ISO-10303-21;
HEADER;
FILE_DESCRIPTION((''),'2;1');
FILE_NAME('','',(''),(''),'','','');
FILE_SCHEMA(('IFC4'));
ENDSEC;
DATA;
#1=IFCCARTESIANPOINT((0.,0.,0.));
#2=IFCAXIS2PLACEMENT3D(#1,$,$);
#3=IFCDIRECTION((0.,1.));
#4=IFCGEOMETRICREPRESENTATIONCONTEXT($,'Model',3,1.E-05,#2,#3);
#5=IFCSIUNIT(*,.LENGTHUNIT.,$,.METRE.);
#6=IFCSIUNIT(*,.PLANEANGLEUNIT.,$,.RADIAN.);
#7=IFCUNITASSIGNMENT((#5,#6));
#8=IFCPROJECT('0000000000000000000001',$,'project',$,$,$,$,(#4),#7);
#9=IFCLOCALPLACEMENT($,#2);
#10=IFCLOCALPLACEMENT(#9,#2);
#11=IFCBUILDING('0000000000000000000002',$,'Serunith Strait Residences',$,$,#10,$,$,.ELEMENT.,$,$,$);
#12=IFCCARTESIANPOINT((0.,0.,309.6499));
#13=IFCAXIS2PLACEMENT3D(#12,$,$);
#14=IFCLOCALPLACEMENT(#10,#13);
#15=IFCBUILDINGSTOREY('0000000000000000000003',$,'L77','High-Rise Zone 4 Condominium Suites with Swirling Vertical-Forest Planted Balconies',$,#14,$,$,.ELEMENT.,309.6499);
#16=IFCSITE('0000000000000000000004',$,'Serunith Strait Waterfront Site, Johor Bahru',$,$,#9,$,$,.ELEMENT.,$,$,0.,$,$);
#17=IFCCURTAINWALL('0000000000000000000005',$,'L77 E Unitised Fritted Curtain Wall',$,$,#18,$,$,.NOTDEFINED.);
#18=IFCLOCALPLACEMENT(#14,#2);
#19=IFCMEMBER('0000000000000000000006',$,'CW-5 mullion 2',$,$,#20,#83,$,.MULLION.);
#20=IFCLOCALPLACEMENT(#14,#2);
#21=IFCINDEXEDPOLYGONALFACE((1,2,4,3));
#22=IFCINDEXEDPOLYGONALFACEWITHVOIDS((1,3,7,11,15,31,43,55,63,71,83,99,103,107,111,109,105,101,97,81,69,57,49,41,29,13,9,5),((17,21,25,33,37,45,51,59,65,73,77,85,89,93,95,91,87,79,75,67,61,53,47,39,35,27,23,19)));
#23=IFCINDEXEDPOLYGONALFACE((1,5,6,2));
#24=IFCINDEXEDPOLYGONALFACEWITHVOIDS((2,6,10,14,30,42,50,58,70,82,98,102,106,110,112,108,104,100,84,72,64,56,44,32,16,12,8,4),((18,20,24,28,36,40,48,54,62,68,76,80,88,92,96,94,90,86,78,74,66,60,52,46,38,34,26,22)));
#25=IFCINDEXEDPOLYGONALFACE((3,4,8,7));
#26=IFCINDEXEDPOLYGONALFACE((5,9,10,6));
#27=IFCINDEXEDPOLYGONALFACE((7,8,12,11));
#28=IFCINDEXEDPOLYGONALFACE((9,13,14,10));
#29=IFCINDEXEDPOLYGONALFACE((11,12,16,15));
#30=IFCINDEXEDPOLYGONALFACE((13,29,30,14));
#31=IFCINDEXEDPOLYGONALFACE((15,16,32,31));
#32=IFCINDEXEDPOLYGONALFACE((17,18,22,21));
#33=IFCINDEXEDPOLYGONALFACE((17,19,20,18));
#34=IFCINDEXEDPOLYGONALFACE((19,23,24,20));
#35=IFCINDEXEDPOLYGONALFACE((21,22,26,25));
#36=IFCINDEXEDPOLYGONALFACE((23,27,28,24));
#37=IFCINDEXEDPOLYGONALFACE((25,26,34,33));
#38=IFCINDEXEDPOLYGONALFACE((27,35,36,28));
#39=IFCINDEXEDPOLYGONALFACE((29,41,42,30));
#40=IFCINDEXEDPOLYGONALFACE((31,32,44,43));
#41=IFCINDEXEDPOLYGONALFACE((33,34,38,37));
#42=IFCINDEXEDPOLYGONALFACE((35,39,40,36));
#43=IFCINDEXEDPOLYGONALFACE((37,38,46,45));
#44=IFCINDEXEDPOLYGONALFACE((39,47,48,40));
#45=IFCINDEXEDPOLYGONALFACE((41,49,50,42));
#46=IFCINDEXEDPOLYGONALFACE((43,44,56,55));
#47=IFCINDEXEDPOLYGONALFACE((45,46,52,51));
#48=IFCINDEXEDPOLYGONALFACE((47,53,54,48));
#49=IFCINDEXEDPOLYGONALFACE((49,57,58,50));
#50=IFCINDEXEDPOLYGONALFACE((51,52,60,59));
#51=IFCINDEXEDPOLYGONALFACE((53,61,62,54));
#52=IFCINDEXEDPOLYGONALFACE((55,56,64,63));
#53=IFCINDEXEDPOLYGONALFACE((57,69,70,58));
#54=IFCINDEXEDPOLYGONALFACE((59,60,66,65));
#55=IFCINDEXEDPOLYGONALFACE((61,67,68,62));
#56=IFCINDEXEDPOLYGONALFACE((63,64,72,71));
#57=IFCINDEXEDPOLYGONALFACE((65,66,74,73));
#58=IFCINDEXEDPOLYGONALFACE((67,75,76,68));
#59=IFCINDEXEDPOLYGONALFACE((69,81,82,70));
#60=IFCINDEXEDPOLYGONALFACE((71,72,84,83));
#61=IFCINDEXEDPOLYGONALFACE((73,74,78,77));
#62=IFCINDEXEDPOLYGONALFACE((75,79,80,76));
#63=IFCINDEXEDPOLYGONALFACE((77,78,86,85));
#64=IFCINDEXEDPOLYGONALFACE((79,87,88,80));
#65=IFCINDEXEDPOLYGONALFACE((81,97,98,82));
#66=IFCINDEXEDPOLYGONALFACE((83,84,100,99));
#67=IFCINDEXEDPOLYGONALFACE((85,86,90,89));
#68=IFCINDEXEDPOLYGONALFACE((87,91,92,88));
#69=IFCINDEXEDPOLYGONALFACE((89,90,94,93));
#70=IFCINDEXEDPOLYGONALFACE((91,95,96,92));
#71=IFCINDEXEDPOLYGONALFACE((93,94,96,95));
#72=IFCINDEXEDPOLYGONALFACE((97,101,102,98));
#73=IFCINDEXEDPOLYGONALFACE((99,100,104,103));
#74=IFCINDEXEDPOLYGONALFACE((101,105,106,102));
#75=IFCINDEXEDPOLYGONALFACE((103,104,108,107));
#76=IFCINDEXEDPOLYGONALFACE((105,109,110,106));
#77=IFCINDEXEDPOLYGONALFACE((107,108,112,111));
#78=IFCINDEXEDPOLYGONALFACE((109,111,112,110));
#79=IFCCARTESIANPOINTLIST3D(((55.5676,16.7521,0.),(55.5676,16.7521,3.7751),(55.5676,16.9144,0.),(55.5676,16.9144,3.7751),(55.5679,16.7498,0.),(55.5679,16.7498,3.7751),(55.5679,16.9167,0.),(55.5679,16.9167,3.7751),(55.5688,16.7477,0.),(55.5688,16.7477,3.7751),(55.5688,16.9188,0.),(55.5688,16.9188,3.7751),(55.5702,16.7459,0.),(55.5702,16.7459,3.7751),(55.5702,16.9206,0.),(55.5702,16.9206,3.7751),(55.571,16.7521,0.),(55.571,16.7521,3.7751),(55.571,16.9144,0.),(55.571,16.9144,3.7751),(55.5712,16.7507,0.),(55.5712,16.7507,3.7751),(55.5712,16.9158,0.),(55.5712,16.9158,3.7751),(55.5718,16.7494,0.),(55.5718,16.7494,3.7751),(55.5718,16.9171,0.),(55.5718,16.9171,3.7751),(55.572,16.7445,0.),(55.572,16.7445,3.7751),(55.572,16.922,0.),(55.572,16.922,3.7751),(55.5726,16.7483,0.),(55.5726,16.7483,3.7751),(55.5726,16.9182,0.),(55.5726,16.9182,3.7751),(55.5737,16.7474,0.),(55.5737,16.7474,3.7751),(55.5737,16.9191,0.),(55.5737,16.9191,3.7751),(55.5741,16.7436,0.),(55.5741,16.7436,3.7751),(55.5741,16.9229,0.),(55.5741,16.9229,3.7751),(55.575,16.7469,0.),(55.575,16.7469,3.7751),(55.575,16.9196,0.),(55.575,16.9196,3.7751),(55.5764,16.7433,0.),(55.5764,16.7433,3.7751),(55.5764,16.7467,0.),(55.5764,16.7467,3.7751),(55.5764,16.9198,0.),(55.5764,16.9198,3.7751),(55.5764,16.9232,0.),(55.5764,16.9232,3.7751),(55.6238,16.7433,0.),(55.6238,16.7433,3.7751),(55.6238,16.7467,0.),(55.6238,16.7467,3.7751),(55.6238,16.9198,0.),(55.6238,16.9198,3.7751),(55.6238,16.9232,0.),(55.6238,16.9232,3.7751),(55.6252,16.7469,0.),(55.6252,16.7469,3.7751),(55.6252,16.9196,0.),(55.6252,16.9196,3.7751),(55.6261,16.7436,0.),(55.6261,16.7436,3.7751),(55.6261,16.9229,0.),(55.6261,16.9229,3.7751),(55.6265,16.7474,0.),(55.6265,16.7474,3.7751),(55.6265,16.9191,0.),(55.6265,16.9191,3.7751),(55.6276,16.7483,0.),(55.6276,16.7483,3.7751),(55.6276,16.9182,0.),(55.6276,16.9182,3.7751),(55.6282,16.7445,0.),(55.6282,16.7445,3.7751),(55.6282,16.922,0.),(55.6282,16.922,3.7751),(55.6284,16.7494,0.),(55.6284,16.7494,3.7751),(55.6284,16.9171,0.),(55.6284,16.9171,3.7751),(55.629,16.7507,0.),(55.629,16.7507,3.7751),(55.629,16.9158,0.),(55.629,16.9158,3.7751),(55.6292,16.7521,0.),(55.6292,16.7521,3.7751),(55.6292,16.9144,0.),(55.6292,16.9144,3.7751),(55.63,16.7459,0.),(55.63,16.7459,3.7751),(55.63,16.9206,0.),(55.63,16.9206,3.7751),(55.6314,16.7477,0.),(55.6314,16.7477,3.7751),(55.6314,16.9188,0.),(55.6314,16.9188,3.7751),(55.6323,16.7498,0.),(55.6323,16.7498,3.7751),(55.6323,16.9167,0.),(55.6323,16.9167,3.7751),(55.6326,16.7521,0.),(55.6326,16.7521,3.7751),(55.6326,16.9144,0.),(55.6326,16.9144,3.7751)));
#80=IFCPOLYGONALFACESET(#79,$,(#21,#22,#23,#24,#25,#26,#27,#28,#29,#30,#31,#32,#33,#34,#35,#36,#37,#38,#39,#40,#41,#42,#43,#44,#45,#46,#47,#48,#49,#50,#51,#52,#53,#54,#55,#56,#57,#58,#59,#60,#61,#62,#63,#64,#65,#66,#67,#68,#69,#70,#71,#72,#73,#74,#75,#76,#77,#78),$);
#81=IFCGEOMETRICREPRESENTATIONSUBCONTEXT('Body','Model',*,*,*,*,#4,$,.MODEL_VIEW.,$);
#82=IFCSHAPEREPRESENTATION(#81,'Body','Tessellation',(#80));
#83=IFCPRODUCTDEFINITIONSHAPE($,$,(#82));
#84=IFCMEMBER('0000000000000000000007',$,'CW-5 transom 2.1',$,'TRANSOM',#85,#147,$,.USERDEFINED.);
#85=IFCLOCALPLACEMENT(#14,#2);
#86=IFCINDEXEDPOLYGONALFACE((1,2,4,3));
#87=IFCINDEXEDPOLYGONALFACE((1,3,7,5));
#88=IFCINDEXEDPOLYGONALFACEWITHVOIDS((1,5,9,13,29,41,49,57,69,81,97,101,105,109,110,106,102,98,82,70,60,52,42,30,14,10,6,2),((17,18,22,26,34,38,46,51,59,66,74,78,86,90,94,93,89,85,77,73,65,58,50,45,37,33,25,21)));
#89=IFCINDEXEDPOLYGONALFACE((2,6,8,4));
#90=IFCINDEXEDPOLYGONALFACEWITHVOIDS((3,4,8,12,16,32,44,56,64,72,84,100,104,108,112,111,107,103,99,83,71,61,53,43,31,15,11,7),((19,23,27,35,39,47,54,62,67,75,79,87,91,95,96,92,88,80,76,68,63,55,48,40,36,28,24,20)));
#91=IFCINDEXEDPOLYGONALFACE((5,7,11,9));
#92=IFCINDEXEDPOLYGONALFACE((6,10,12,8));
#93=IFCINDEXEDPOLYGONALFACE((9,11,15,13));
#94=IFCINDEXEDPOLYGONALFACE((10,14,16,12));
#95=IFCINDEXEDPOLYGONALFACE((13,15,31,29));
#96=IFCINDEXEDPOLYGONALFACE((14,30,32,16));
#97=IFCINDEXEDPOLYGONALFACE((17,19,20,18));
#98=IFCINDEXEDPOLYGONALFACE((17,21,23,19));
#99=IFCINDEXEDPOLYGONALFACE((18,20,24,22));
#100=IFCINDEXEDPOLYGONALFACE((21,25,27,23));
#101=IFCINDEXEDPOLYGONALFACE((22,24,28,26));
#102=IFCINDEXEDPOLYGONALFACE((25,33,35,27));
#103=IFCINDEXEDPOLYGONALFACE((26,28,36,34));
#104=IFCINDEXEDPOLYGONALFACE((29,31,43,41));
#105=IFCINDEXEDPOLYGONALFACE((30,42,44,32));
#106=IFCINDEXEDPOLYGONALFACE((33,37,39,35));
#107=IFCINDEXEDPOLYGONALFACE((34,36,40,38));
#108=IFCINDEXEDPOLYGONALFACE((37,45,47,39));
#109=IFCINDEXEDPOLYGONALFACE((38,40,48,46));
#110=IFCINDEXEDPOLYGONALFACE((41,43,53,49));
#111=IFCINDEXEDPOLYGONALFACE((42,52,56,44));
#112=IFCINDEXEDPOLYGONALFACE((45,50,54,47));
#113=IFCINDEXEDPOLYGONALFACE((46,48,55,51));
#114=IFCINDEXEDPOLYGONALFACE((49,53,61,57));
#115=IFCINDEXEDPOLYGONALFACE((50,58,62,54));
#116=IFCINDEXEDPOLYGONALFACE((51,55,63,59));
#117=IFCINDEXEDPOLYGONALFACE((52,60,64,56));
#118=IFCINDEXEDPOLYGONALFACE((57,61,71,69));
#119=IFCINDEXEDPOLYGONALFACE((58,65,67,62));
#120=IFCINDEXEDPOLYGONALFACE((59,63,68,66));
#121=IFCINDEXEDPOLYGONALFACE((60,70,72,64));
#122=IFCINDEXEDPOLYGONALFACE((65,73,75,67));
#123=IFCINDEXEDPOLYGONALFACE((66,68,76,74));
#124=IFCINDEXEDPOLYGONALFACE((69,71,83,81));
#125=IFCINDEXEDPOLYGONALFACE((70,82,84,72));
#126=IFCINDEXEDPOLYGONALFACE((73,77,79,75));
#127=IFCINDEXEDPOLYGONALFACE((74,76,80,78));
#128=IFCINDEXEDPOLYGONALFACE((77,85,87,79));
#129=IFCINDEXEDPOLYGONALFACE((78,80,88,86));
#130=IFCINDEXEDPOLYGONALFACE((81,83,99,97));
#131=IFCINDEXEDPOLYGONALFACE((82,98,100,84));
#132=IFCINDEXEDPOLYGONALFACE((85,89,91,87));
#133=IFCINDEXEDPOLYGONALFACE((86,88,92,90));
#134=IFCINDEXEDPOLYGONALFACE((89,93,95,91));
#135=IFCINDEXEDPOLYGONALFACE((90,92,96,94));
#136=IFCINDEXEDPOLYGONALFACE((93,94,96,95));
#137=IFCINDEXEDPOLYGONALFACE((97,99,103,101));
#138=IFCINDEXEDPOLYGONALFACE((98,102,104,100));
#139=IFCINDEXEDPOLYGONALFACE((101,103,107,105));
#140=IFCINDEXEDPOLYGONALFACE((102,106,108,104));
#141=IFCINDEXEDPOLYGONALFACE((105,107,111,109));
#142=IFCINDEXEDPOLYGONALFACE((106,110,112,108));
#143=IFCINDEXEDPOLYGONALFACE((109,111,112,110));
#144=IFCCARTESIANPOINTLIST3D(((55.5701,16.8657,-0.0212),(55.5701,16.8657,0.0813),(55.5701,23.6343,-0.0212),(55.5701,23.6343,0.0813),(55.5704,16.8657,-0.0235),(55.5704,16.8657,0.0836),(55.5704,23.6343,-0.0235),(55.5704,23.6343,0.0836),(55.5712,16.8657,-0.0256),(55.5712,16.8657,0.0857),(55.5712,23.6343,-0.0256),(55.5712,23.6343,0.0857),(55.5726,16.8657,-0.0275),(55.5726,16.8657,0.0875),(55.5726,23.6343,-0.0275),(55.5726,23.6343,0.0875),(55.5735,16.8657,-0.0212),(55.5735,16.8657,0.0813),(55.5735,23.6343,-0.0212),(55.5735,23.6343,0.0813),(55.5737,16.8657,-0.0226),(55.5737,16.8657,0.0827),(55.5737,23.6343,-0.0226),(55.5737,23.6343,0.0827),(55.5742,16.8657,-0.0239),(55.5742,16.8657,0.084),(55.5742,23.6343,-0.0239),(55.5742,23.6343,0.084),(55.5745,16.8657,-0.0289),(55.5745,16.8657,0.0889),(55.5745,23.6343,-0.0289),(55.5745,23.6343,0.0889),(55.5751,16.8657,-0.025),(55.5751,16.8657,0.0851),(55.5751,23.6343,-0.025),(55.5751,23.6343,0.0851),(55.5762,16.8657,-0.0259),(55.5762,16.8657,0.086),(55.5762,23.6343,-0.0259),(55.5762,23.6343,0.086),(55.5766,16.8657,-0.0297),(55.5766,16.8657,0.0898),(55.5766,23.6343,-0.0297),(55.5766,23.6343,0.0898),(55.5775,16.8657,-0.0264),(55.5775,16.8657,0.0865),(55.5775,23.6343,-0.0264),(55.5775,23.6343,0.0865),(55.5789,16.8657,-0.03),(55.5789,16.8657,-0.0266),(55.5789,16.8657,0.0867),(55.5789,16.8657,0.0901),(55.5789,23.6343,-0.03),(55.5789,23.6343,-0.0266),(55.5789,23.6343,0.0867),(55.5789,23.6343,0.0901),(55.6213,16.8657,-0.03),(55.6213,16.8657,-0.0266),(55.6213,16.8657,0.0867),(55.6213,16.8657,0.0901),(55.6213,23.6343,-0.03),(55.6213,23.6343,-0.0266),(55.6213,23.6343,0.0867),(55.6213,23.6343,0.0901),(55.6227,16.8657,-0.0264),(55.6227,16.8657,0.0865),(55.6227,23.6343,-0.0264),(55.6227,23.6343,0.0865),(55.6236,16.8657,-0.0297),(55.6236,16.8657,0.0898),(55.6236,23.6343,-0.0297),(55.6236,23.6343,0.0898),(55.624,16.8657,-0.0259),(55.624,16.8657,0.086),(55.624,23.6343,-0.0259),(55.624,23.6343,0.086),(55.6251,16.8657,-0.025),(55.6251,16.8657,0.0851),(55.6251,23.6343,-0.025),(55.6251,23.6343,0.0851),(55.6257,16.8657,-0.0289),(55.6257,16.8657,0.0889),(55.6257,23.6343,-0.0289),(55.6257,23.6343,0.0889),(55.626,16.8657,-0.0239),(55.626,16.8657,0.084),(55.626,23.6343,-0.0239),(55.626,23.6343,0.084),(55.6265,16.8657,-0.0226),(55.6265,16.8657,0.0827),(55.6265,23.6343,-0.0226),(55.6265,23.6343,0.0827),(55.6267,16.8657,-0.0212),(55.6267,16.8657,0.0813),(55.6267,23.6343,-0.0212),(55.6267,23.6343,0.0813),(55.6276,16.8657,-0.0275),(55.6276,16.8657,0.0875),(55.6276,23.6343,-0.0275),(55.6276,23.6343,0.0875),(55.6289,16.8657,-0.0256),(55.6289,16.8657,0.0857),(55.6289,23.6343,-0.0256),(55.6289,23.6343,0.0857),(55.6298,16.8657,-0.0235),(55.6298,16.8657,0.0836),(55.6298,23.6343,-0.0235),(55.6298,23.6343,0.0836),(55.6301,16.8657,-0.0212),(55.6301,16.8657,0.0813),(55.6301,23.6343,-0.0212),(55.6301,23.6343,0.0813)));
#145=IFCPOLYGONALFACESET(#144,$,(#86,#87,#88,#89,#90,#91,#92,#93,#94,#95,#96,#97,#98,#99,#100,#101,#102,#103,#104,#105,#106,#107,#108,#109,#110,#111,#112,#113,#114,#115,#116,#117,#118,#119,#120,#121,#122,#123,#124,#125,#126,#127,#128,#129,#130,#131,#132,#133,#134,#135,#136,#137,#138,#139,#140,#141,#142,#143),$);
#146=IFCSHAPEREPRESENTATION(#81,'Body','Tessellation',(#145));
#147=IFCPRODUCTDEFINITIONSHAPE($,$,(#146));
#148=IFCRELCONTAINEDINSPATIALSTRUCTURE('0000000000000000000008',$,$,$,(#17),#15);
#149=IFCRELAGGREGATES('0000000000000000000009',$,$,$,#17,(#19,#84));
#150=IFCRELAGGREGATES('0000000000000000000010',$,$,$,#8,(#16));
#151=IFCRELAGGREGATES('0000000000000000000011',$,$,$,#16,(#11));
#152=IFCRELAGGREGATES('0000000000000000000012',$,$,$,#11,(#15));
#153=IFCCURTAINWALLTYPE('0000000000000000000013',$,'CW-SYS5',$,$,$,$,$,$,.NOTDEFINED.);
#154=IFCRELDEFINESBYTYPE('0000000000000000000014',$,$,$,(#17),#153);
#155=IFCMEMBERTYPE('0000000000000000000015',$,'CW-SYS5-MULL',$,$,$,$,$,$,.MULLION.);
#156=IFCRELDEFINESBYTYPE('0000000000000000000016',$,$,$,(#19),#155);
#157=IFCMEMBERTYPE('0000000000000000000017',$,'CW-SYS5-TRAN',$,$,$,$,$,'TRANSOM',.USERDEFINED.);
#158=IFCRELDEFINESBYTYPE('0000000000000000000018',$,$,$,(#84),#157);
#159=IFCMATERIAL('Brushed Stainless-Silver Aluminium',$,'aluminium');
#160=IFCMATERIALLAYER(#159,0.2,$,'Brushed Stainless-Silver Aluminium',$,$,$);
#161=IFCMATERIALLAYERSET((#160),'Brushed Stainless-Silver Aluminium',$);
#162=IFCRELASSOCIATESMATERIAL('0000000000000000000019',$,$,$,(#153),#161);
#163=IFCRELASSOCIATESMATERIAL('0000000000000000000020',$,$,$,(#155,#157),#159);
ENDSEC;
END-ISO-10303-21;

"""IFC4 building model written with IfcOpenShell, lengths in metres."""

from ifc_helpers import new_model, si_unit, direction, frame, origin, origin_2d, place, context, subcontext, project, spatial, hollow_rectangle, extrude, source, transform, mapped, material, layer, layer_set, material_profile, profile_set, type_object, element, aggregate, save


model = new_model("IFC4")

# Units and contexts
model_context = context("Model", 3, precision=1e-05, world=origin(), true_north=direction((0.0, 1.0)))
body_context = subcontext(model_context, "Body", "Model", "MODEL_VIEW")
ifc_project = project(units=[si_unit("LENGTHUNIT", "METRE"), si_unit("PLANEANGLEUNIT", "RADIAN")], contexts=[model_context])

# Site, building, storey
site_placement = place(None, origin())
site = spatial("IfcSite", under=ifc_project, at=site_placement, Name="Serunith Strait Waterfront Site, Johor Bahru", CompositionType="ELEMENT", RefElevation=0.0)
building_placement = place(site_placement, origin())
building = spatial("IfcBuilding", under=site, at=building_placement, Name="Serunith Strait Residences", CompositionType="ELEMENT")
storey_placement = place(building_placement, frame((0.0, 0.0, 309.6499)))
storey = spatial("IfcBuildingStorey", under=building, at=storey_placement, Name="L77", Description="High-Rise Zone 4 Condominium Suites with Swirling Vertical-Forest Planted Balconies", CompositionType="ELEMENT", Elevation=309.6499)

# Curtain wall, members
ifc_material_1 = material(Name="Brushed Stainless-Silver Aluminium", Category="aluminium")
ifc_layer_1 = layer(ifc_material_1, 0.2, Name="Brushed Stainless-Silver Aluminium")
ifc_layer_set_1 = layer_set([ifc_layer_1], Name="Brushed Stainless-Silver Aluminium")
curtain_wall_type = type_object("IfcCurtainWallType", Name="CW-SYS5", PredefinedType="NOTDEFINED", material=ifc_layer_set_1)
curtain_wall_placement = place(storey_placement, origin())
curtain_wall = element("IfcCurtainWall", 1, at=curtain_wall_placement, inside=storey, type_object=curtain_wall_type, Name="L77 E Unitised Fritted Curtain Wall", PredefinedType="NOTDEFINED")
ifc_material_profile_1 = material_profile(ifc_material_1, hollow_rectangle(XDim=0.0649, YDim=0.1799, WallThickness=0.0034, InnerFilletRadius=0.0054, OuterFilletRadius=0.0088, at=origin_2d()), Name="ALU 180x65x3.5")
ifc_profile_set_1 = profile_set([ifc_material_profile_1], Name="Brushed Stainless-Silver Aluminium")
member_type_1 = type_object("IfcMemberType", Name="CW-SYS5-MULL", PredefinedType="MULLION", material=ifc_profile_set_1)
shared_shape_1 = source(origin(), body_context, "Body", "SweptSolid", [
    extrude(hollow_rectangle(XDim=0.0649, YDim=0.1799, WallThickness=0.0034, InnerFilletRadius=0.0054, OuterFilletRadius=0.0088, at=origin_2d()), origin(), (0.0, 0.0, 1.0), 3.7751),
])
member_1_placement = place(storey_placement, frame((55.6001, 16.8333, 0.0), z_axis=(0.0, 0.0, 1.0), x_axis=(-1.0, 0.0, 0.0)))
member_1 = element("IfcMember", 2, at=member_1_placement, type_object=member_type_1, Name="CW-5 mullion 2", PredefinedType="MULLION", context=body_context, shape_type="MappedRepresentation", body=[
    mapped(shared_shape_1, transform((0.0, 0.0, 0.0), scale=1.0)),
])
ifc_material_profile_2 = material_profile(ifc_material_1, hollow_rectangle(XDim=0.0601, YDim=0.1201, WallThickness=0.0034, InnerFilletRadius=0.0054, OuterFilletRadius=0.0088, at=origin_2d()), Name="ALU 120x60x3.5")
ifc_profile_set_2 = profile_set([ifc_material_profile_2], Name="Brushed Stainless-Silver Aluminium")
member_type_2 = type_object("IfcMemberType", Name="CW-SYS5-TRAN", ElementType="TRANSOM", PredefinedType="USERDEFINED", material=ifc_profile_set_2)
shared_shape_2 = source(origin(), body_context, "Body", "SweptSolid", [
    extrude(hollow_rectangle(XDim=0.0601, YDim=0.1201, WallThickness=0.0034, InnerFilletRadius=0.0054, OuterFilletRadius=0.0088, at=origin_2d()), origin(), (0.0, 0.0, 1.0), 6.7686),
])
member_2_placement = place(storey_placement, frame((55.6001, 16.8657, 0.03), z_axis=(0.0, 1.0, 0.0), x_axis=(-1.0, 0.0, 0.0)))
member_2 = element("IfcMember", 3, at=member_2_placement, type_object=member_type_2, Name="CW-5 transom 2.1", ObjectType="TRANSOM", PredefinedType="USERDEFINED", context=body_context, shape_type="MappedRepresentation", body=[
    mapped(shared_shape_2, transform((0.0, 0.0, 0.0), scale=1.0)),
])
aggregate(curtain_wall, [member_1, member_2])

save(model, "model.ifc")
